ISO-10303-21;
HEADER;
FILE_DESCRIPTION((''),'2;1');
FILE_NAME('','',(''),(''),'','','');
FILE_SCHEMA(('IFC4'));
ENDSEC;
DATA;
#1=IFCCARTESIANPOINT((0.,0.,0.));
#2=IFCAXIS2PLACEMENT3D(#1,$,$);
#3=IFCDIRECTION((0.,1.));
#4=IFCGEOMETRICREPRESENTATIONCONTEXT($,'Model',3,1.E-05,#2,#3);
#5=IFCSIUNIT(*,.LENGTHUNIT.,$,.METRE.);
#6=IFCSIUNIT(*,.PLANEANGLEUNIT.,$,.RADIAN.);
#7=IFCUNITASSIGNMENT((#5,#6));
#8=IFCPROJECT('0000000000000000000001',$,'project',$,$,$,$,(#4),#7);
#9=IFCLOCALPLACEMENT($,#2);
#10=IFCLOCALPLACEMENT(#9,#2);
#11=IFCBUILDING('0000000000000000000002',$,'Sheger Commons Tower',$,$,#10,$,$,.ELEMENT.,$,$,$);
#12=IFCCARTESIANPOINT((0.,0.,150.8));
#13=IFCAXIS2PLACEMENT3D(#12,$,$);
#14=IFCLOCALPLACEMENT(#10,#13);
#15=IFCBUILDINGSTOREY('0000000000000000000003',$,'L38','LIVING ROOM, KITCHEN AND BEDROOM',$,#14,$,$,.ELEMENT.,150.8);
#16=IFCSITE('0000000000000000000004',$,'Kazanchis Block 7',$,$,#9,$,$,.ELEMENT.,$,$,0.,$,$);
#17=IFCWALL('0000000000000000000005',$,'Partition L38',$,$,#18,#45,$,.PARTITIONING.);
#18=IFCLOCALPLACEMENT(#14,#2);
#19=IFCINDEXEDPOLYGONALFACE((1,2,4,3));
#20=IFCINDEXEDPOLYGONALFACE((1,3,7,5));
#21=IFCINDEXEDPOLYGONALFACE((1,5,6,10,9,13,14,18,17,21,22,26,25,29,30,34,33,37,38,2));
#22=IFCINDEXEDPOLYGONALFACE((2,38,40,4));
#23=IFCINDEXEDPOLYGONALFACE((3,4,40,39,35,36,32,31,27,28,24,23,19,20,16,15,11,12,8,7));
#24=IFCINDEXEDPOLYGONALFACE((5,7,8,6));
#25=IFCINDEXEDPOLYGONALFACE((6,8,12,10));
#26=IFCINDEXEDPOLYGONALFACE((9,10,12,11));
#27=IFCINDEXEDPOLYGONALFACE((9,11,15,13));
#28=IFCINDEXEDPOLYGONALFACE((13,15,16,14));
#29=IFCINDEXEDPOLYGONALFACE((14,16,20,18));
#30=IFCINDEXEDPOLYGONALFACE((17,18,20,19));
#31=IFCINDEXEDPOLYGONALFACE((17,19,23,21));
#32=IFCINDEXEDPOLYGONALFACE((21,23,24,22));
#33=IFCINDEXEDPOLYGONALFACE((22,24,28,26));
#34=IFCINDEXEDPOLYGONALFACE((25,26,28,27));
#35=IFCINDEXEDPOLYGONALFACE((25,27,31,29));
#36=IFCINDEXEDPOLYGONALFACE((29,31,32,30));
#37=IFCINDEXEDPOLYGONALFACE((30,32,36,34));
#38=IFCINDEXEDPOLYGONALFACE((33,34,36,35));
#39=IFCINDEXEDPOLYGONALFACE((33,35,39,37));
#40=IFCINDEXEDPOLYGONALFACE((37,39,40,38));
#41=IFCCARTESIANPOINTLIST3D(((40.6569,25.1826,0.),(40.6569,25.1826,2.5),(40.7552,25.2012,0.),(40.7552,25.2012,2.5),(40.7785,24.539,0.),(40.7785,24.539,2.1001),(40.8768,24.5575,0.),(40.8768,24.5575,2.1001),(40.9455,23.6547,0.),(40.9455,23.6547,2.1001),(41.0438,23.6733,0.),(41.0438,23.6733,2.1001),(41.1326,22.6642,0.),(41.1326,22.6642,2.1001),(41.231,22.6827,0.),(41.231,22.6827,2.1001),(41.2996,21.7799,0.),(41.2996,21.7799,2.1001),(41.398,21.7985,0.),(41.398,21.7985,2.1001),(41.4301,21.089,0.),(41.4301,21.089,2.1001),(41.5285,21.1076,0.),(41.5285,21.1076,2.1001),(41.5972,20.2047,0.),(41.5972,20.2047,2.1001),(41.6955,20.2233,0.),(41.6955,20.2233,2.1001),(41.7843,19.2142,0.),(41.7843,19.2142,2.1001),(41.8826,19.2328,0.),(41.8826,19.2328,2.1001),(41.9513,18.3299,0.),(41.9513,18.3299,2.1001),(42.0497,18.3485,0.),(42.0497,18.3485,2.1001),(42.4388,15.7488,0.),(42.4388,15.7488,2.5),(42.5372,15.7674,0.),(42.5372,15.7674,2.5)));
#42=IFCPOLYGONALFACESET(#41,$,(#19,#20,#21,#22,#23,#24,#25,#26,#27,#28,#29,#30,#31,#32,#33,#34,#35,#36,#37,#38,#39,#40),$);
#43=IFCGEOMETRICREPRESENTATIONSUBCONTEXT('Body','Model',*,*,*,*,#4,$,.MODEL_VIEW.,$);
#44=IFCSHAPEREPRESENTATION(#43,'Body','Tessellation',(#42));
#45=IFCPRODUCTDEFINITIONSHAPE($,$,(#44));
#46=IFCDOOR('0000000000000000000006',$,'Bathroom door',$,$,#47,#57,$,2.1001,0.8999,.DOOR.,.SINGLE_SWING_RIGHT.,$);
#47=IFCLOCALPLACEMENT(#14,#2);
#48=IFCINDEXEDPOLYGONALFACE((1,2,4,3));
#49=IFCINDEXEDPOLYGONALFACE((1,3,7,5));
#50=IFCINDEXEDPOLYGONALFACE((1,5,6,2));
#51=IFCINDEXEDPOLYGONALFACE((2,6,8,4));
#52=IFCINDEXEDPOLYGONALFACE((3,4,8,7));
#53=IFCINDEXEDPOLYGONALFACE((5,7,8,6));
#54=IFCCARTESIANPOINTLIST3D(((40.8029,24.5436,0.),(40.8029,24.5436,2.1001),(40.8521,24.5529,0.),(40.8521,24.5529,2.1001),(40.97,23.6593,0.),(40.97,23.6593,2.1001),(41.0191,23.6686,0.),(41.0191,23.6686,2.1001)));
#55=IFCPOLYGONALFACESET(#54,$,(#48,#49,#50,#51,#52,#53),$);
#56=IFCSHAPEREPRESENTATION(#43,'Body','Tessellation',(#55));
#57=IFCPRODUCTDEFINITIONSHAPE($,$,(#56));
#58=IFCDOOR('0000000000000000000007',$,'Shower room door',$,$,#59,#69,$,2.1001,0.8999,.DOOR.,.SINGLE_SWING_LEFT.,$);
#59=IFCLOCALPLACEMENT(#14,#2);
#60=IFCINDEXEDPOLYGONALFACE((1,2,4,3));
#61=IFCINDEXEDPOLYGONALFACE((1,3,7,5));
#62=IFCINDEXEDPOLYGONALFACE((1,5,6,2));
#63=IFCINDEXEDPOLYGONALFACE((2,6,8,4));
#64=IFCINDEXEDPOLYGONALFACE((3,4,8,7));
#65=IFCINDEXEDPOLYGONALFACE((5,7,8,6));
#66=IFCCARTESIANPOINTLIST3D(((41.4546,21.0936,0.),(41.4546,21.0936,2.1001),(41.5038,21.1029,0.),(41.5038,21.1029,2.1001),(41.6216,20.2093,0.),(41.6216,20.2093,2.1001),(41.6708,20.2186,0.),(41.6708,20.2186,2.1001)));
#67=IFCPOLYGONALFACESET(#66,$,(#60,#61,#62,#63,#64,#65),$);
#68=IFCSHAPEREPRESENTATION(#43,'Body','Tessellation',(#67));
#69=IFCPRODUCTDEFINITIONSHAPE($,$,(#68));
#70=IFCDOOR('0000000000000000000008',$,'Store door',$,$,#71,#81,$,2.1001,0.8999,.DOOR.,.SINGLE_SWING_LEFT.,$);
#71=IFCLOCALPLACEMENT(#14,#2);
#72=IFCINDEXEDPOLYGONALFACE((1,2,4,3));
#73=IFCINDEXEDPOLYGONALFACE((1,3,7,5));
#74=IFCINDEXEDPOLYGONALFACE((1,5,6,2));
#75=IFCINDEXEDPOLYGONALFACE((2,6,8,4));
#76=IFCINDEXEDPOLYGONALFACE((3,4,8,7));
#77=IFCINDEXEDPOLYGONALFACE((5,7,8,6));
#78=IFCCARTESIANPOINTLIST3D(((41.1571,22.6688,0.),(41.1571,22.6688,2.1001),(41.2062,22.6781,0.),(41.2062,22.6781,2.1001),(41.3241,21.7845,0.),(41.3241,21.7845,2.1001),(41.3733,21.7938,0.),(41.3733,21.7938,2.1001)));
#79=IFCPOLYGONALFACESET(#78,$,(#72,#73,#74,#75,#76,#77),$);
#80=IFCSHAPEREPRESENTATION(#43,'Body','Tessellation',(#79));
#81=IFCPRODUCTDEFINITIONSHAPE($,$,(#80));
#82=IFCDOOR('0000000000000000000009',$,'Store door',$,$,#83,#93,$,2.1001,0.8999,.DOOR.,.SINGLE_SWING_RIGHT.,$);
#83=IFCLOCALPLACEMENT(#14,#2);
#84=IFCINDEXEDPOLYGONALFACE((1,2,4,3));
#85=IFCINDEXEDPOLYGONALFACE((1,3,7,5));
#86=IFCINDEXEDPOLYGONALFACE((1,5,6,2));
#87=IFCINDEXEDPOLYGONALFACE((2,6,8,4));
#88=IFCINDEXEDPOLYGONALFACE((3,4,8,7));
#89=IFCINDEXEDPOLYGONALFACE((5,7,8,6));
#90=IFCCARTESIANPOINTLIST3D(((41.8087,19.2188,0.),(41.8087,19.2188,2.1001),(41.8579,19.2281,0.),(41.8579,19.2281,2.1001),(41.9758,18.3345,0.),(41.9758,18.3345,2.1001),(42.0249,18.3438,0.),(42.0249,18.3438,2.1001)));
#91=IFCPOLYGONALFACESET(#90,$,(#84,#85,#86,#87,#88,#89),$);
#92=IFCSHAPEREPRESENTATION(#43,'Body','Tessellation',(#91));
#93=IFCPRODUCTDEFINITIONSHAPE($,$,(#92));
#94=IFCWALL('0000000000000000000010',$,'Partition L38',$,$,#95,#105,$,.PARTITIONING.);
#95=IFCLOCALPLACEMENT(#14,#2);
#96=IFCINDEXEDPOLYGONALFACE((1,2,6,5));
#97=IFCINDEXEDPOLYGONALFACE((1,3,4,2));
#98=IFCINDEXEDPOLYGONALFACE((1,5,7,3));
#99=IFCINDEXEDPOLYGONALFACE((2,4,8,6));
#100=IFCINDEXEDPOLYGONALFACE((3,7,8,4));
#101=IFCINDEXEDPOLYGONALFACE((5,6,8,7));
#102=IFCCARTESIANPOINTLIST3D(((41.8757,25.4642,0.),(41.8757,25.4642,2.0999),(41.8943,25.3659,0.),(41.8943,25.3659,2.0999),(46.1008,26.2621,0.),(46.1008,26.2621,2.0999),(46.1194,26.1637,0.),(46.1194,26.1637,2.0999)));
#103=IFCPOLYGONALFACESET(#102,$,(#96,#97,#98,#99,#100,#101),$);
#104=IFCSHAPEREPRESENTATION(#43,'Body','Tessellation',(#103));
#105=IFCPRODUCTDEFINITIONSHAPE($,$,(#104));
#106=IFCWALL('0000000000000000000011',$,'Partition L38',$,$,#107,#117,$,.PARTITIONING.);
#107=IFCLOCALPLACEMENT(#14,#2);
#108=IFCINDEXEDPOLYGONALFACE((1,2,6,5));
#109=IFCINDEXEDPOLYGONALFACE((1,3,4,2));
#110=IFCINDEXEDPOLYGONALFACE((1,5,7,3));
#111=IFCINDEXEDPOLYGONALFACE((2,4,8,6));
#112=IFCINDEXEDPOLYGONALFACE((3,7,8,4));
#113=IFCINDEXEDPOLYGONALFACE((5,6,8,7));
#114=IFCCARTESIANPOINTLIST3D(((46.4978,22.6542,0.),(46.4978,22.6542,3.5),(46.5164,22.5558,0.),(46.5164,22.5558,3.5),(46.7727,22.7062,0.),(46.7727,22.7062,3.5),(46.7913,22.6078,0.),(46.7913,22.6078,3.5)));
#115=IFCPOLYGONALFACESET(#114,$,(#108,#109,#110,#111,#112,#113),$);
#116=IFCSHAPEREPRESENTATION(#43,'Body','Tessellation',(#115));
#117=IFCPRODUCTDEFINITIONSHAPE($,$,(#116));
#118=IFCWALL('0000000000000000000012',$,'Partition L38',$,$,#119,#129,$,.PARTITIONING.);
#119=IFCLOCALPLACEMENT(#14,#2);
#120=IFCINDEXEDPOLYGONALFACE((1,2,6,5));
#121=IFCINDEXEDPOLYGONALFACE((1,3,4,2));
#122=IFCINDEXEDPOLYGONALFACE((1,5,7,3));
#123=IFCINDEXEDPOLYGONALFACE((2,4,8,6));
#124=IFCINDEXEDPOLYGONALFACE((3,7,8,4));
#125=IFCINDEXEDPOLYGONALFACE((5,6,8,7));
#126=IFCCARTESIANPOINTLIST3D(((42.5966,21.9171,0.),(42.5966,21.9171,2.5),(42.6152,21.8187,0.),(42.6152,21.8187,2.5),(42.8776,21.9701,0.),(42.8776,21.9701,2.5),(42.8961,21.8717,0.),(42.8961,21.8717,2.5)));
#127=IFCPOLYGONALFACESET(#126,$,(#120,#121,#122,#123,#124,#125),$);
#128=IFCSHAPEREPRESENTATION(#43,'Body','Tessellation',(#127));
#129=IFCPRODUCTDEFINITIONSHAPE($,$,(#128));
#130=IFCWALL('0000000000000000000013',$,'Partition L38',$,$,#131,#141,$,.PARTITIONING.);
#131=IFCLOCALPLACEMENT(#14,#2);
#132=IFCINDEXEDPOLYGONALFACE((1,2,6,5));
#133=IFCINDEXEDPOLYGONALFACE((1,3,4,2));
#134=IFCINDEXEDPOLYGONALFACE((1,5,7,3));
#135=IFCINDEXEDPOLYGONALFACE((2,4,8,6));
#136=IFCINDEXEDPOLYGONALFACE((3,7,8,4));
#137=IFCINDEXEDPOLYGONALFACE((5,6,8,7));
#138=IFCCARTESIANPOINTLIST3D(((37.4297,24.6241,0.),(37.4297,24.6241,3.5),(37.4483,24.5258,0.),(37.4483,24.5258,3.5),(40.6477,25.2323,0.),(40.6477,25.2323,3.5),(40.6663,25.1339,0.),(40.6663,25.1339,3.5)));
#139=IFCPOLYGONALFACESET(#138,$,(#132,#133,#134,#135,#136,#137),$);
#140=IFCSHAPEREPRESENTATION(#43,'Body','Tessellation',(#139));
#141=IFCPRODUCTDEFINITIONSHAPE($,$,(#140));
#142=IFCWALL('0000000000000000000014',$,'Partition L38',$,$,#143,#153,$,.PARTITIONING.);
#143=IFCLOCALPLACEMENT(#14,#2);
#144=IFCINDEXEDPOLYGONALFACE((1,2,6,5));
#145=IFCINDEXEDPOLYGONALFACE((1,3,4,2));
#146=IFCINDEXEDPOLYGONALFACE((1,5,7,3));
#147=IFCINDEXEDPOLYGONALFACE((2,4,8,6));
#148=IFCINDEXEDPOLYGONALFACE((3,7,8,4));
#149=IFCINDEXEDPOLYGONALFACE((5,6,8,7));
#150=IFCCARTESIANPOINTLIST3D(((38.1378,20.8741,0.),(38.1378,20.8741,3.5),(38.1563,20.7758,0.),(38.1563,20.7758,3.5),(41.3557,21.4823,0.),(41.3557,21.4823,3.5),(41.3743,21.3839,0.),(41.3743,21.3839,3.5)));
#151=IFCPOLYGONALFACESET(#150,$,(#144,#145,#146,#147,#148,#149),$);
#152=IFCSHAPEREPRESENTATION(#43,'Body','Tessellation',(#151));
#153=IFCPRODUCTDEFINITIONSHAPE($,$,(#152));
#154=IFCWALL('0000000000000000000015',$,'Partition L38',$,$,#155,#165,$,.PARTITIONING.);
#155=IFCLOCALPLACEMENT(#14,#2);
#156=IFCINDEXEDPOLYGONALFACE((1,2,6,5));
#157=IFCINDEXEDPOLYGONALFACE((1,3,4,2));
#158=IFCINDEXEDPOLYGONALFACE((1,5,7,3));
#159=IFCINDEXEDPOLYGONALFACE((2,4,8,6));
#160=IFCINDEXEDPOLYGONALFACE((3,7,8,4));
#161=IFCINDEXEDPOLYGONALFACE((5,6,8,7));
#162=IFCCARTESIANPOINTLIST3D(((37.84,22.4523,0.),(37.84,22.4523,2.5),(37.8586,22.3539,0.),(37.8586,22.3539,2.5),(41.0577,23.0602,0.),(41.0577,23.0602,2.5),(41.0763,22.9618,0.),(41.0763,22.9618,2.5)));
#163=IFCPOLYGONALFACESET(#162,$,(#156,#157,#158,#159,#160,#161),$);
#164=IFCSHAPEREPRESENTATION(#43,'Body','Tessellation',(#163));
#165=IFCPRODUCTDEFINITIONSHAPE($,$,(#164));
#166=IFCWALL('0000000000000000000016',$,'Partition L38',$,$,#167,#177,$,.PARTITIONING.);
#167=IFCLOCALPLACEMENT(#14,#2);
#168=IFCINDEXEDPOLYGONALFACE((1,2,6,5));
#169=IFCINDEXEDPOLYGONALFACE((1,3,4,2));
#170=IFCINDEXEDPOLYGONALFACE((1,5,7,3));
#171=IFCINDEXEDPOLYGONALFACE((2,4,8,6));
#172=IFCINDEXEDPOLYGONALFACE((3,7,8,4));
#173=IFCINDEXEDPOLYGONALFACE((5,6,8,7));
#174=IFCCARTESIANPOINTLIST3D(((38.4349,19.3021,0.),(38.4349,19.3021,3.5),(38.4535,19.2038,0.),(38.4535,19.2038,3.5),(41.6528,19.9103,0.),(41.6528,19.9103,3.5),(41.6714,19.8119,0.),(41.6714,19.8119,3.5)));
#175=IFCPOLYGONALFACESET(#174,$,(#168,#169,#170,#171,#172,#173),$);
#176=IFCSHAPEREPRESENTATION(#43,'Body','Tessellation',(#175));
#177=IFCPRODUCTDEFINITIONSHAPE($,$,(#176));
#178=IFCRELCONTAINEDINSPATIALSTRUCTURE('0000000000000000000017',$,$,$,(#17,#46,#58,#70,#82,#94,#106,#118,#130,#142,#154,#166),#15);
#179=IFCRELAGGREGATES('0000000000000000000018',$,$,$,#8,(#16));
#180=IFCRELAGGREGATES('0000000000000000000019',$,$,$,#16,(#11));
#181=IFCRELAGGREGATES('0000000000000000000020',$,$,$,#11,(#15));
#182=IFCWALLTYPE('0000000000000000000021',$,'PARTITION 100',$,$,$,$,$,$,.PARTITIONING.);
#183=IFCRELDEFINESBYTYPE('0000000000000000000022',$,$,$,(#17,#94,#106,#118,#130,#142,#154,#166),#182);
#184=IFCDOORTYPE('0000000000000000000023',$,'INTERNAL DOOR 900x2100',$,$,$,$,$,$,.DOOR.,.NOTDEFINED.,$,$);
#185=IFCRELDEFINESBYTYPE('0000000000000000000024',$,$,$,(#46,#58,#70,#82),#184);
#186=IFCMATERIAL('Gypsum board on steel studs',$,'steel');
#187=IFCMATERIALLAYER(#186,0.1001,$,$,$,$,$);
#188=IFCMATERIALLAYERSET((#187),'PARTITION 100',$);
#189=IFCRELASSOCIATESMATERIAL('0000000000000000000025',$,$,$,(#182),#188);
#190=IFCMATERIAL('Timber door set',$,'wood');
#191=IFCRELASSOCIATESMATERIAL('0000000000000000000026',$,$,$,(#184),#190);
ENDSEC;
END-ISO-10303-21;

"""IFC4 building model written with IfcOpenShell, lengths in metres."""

from ifc_helpers import new_model, si_unit, direction, frame, frame_2d, origin, place, context, subcontext, project, spatial, rectangle, extrude, material, layer, layer_set, type_object, element, fill, save


model = new_model("IFC4")

# Units and contexts
model_context = context("Model", 3, precision=1e-05, world=origin(), true_north=direction((0.0, 1.0)))
body_context = subcontext(model_context, "Body", "Model", "MODEL_VIEW")
ifc_project = project(units=[si_unit("LENGTHUNIT", "METRE"), si_unit("PLANEANGLEUNIT", "RADIAN")], contexts=[model_context])

# Site, building, storey
site_placement = place(None, origin())
site = spatial("IfcSite", under=ifc_project, at=site_placement, Name="Kazanchis Block 7", CompositionType="ELEMENT", RefElevation=0.0)
building_placement = place(site_placement, origin())
building = spatial("IfcBuilding", under=site, at=building_placement, Name="Sheger Commons Tower", CompositionType="ELEMENT")
storey_placement = place(building_placement, frame((0.0, 0.0, 150.8)))
storey = spatial("IfcBuildingStorey", under=building, at=storey_placement, Name="L38", Description="LIVING ROOM, KITCHEN AND BEDROOM", CompositionType="ELEMENT", Elevation=150.8)

# Wall, openings, doors
ifc_material_1 = material(Name="Gypsum board on steel studs", Category="steel")
ifc_layer_1 = layer(ifc_material_1, 0.1001)
ifc_layer_set_1 = layer_set([ifc_layer_1], Name="PARTITION 100")
wall_type = type_object("IfcWallType", Name="PARTITION 100", PredefinedType="PARTITIONING", material=ifc_layer_set_1)
ifc_material_2 = material(Name="Timber door set", Category="wood")
door_type = type_object("IfcDoorType", Name="INTERNAL DOOR 900x2100", OperationType="NOTDEFINED", PredefinedType="DOOR", material=ifc_material_2)
wall_1_placement = place(storey_placement, frame((40.7061, 25.1919, 0.0), z_axis=(0.0, 0.0, 1.0), x_axis=(0.18561, -0.982623, 0.0)))
wall_1 = element("IfcWall", 1, at=wall_1_placement, inside=storey, type_object=wall_type, Name="Partition L38", PredefinedType="PARTITIONING", context=body_context, shape_type="SweptSolid", body=[
    extrude(rectangle(XDim=9.6006, YDim=0.1001, at=frame_2d((4.8003, 0.0))), origin(), (0.0, 0.0, 1.0), 2.5),
])
opening_1_placement = place(wall_1_placement, frame((0.655, 0.0, 0.0)))
opening_1 = element("IfcOpeningElement", 2, at=opening_1_placement, cuts=wall_1, PredefinedType="OPENING", context=body_context, shape_type="SweptSolid", body=[
    extrude(rectangle(XDim=0.8999, YDim=2.1001, at=frame_2d((0.45, 1.05))), frame((0.0, 0.0601, 0.0), z_axis=(0.0, -1.0, 0.0), x_axis=(1.0, 0.0, 0.0)), (0.0, 0.0, 1.0), 0.1201),
])
opening_2_placement = place(wall_1_placement, frame((4.166, 0.0, 0.0)))
opening_2 = element("IfcOpeningElement", 3, at=opening_2_placement, cuts=wall_1, PredefinedType="OPENING", context=body_context, shape_type="SweptSolid", body=[
    extrude(rectangle(XDim=0.8999, YDim=2.1001, at=frame_2d((0.45, 1.05))), frame((0.0, 0.0601, 0.0), z_axis=(0.0, -1.0, 0.0), x_axis=(1.0, 0.0, 0.0)), (0.0, 0.0, 1.0), 0.1201),
])
opening_3_placement = place(wall_1_placement, frame((2.563, 0.0, 0.0)))
opening_3 = element("IfcOpeningElement", 4, at=opening_3_placement, cuts=wall_1, PredefinedType="OPENING", context=body_context, shape_type="SweptSolid", body=[
    extrude(rectangle(XDim=0.8999, YDim=2.1001, at=frame_2d((0.45, 1.05))), frame((0.0, 0.0601, 0.0), z_axis=(0.0, -1.0, 0.0), x_axis=(1.0, 0.0, 0.0)), (0.0, 0.0, 1.0), 0.1201),
])
opening_4_placement = place(wall_1_placement, frame((6.074, 0.0, 0.0)))
opening_4 = element("IfcOpeningElement", 5, at=opening_4_placement, cuts=wall_1, PredefinedType="OPENING", context=body_context, shape_type="SweptSolid", body=[
    extrude(rectangle(XDim=0.8999, YDim=2.1001, at=frame_2d((0.45, 1.05))), frame((0.0, 0.0601, 0.0), z_axis=(0.0, -1.0, 0.0), x_axis=(1.0, 0.0, 0.0)), (0.0, 0.0, 1.0), 0.1201),
])
door_1_placement = place(opening_1_placement, origin())
door_1 = element("IfcDoor", 6, at=door_1_placement, inside=storey, type_object=door_type, Name="Bathroom door", OperationType="SINGLE_SWING_RIGHT", OverallHeight=2.1001, OverallWidth=0.8999, PredefinedType="DOOR", context=body_context, shape_type="SweptSolid", body=[
    extrude(rectangle(XDim=0.8999, YDim=2.1001, at=frame_2d((0.45, 1.05))), frame((0.0, 0.0249, 0.0), z_axis=(0.0, -1.0, 0.0), x_axis=(1.0, 0.0, 0.0)), (0.0, 0.0, 1.0), 0.05),
])
fill(opening_1, door_1)
door_2_placement = place(opening_2_placement, origin())
door_2 = element("IfcDoor", 7, at=door_2_placement, inside=storey, type_object=door_type, Name="Shower room door", OperationType="SINGLE_SWING_LEFT", OverallHeight=2.1001, OverallWidth=0.8999, PredefinedType="DOOR", context=body_context, shape_type="SweptSolid", body=[
    extrude(rectangle(XDim=0.8999, YDim=2.1001, at=frame_2d((0.45, 1.05))), frame((0.0, 0.0249, 0.0), z_axis=(0.0, -1.0, 0.0), x_axis=(1.0, 0.0, 0.0)), (0.0, 0.0, 1.0), 0.05),
])
fill(opening_2, door_2)
door_3_placement = place(opening_3_placement, origin())
door_3 = element("IfcDoor", 8, at=door_3_placement, inside=storey, type_object=door_type, Name="Store door", OperationType="SINGLE_SWING_LEFT", OverallHeight=2.1001, OverallWidth=0.8999, PredefinedType="DOOR", context=body_context, shape_type="SweptSolid", body=[
    extrude(rectangle(XDim=0.8999, YDim=2.1001, at=frame_2d((0.45, 1.05))), frame((0.0, 0.0249, 0.0), z_axis=(0.0, -1.0, 0.0), x_axis=(1.0, 0.0, 0.0)), (0.0, 0.0, 1.0), 0.05),
])
fill(opening_3, door_3)
door_4_placement = place(opening_4_placement, origin())
door_4 = element("IfcDoor", 9, at=door_4_placement, inside=storey, type_object=door_type, Name="Store door", OperationType="SINGLE_SWING_RIGHT", OverallHeight=2.1001, OverallWidth=0.8999, PredefinedType="DOOR", context=body_context, shape_type="SweptSolid", body=[
    extrude(rectangle(XDim=0.8999, YDim=2.1001, at=frame_2d((0.45, 1.05))), frame((0.0, 0.0249, 0.0), z_axis=(0.0, -1.0, 0.0), x_axis=(1.0, 0.0, 0.0)), (0.0, 0.0, 1.0), 0.05),
])
fill(opening_4, door_4)

# Walls
wall_2_placement = place(storey_placement, frame((46.1101, 26.2129, 0.0), z_axis=(0.0, 0.0, 1.0), x_axis=(-0.982634, -0.185557, 0.0)))
element("IfcWall", 10, at=wall_2_placement, inside=storey, type_object=wall_type, Name="Partition L38", PredefinedType="PARTITIONING", context=body_context, shape_type="SweptSolid", body=[
    extrude(rectangle(XDim=4.2998, YDim=0.1001, at=frame_2d((2.1499, 0.0))), origin(), (0.0, 0.0, 1.0), 2.0999),
])
wall_3_placement = place(storey_placement, frame((46.782, 22.657, 0.0), z_axis=(0.0, 0.0, 1.0), x_axis=(-0.982575, -0.185869, 0.0)))
element("IfcWall", 11, at=wall_3_placement, inside=storey, type_object=wall_type, Name="Partition L38", PredefinedType="PARTITIONING", context=body_context, shape_type="SweptSolid", body=[
    extrude(rectangle(XDim=0.2798, YDim=0.1001, at=frame_2d((0.1399, 0.0))), origin(), (0.0, 0.0, 1.0), 3.5),
])
wall_4_placement = place(storey_placement, frame((42.887, 21.9209, 0.0), z_axis=(0.0, 0.0, 1.0), x_axis=(-0.982688, -0.185268, 0.0)))
element("IfcWall", 12, at=wall_4_placement, inside=storey, type_object=wall_type, Name="Partition L38", PredefinedType="PARTITIONING", context=body_context, shape_type="SweptSolid", body=[
    extrude(rectangle(XDim=0.2859, YDim=0.1001, at=frame_2d((0.1431, 0.0))), origin(), (0.0, 0.0, 1.0), 2.5),
])
for number, where, z_axis, x_axis, name in (
    (13, (40.657, 25.1831, 0.0), (0.0, 0.0, 1.0), (-0.982607, -0.185697, 0.0), "Partition L38"),
    (14, (41.365, 21.4331, 0.0), (0.0, 0.0, 1.0), (-0.982607, -0.185697, 0.0), "Partition L38"),
):
    element("IfcWall", number, at=place(storey_placement, frame(where, z_axis=z_axis, x_axis=x_axis)), inside=storey, type_object=wall_type, Name=name, PredefinedType="PARTITIONING", context=body_context, shape_type="SweptSolid", body=[
        extrude(rectangle(XDim=3.2749, YDim=0.1001, at=frame_2d((1.6375, 0.0))), origin(), (0.0, 0.0, 1.0), 3.5),
    ])
wall_5_placement = place(storey_placement, frame((41.0669, 23.011, 0.0), z_axis=(0.0, 0.0, 1.0), x_axis=(-0.982618, -0.185639, 0.0)))
element("IfcWall", 15, at=wall_5_placement, inside=storey, type_object=wall_type, Name="Partition L38", PredefinedType="PARTITIONING", context=body_context, shape_type="SweptSolid", body=[
    extrude(rectangle(XDim=3.2747, YDim=0.1001, at=frame_2d((1.6372, 0.0))), origin(), (0.0, 0.0, 1.0), 2.5),
])
wall_6_placement = place(storey_placement, frame((41.6621, 19.8611, 0.0), z_axis=(0.0, 0.0, 1.0), x_axis=(-0.982607, -0.185697, 0.0)))
element("IfcWall", 16, at=wall_6_placement, inside=storey, type_object=wall_type, Name="Partition L38", PredefinedType="PARTITIONING", context=body_context, shape_type="SweptSolid", body=[
    extrude(rectangle(XDim=3.2749, YDim=0.1001, at=frame_2d((1.6375, 0.0))), origin(), (0.0, 0.0, 1.0), 3.5),
])

save(model, "model.ifc")
